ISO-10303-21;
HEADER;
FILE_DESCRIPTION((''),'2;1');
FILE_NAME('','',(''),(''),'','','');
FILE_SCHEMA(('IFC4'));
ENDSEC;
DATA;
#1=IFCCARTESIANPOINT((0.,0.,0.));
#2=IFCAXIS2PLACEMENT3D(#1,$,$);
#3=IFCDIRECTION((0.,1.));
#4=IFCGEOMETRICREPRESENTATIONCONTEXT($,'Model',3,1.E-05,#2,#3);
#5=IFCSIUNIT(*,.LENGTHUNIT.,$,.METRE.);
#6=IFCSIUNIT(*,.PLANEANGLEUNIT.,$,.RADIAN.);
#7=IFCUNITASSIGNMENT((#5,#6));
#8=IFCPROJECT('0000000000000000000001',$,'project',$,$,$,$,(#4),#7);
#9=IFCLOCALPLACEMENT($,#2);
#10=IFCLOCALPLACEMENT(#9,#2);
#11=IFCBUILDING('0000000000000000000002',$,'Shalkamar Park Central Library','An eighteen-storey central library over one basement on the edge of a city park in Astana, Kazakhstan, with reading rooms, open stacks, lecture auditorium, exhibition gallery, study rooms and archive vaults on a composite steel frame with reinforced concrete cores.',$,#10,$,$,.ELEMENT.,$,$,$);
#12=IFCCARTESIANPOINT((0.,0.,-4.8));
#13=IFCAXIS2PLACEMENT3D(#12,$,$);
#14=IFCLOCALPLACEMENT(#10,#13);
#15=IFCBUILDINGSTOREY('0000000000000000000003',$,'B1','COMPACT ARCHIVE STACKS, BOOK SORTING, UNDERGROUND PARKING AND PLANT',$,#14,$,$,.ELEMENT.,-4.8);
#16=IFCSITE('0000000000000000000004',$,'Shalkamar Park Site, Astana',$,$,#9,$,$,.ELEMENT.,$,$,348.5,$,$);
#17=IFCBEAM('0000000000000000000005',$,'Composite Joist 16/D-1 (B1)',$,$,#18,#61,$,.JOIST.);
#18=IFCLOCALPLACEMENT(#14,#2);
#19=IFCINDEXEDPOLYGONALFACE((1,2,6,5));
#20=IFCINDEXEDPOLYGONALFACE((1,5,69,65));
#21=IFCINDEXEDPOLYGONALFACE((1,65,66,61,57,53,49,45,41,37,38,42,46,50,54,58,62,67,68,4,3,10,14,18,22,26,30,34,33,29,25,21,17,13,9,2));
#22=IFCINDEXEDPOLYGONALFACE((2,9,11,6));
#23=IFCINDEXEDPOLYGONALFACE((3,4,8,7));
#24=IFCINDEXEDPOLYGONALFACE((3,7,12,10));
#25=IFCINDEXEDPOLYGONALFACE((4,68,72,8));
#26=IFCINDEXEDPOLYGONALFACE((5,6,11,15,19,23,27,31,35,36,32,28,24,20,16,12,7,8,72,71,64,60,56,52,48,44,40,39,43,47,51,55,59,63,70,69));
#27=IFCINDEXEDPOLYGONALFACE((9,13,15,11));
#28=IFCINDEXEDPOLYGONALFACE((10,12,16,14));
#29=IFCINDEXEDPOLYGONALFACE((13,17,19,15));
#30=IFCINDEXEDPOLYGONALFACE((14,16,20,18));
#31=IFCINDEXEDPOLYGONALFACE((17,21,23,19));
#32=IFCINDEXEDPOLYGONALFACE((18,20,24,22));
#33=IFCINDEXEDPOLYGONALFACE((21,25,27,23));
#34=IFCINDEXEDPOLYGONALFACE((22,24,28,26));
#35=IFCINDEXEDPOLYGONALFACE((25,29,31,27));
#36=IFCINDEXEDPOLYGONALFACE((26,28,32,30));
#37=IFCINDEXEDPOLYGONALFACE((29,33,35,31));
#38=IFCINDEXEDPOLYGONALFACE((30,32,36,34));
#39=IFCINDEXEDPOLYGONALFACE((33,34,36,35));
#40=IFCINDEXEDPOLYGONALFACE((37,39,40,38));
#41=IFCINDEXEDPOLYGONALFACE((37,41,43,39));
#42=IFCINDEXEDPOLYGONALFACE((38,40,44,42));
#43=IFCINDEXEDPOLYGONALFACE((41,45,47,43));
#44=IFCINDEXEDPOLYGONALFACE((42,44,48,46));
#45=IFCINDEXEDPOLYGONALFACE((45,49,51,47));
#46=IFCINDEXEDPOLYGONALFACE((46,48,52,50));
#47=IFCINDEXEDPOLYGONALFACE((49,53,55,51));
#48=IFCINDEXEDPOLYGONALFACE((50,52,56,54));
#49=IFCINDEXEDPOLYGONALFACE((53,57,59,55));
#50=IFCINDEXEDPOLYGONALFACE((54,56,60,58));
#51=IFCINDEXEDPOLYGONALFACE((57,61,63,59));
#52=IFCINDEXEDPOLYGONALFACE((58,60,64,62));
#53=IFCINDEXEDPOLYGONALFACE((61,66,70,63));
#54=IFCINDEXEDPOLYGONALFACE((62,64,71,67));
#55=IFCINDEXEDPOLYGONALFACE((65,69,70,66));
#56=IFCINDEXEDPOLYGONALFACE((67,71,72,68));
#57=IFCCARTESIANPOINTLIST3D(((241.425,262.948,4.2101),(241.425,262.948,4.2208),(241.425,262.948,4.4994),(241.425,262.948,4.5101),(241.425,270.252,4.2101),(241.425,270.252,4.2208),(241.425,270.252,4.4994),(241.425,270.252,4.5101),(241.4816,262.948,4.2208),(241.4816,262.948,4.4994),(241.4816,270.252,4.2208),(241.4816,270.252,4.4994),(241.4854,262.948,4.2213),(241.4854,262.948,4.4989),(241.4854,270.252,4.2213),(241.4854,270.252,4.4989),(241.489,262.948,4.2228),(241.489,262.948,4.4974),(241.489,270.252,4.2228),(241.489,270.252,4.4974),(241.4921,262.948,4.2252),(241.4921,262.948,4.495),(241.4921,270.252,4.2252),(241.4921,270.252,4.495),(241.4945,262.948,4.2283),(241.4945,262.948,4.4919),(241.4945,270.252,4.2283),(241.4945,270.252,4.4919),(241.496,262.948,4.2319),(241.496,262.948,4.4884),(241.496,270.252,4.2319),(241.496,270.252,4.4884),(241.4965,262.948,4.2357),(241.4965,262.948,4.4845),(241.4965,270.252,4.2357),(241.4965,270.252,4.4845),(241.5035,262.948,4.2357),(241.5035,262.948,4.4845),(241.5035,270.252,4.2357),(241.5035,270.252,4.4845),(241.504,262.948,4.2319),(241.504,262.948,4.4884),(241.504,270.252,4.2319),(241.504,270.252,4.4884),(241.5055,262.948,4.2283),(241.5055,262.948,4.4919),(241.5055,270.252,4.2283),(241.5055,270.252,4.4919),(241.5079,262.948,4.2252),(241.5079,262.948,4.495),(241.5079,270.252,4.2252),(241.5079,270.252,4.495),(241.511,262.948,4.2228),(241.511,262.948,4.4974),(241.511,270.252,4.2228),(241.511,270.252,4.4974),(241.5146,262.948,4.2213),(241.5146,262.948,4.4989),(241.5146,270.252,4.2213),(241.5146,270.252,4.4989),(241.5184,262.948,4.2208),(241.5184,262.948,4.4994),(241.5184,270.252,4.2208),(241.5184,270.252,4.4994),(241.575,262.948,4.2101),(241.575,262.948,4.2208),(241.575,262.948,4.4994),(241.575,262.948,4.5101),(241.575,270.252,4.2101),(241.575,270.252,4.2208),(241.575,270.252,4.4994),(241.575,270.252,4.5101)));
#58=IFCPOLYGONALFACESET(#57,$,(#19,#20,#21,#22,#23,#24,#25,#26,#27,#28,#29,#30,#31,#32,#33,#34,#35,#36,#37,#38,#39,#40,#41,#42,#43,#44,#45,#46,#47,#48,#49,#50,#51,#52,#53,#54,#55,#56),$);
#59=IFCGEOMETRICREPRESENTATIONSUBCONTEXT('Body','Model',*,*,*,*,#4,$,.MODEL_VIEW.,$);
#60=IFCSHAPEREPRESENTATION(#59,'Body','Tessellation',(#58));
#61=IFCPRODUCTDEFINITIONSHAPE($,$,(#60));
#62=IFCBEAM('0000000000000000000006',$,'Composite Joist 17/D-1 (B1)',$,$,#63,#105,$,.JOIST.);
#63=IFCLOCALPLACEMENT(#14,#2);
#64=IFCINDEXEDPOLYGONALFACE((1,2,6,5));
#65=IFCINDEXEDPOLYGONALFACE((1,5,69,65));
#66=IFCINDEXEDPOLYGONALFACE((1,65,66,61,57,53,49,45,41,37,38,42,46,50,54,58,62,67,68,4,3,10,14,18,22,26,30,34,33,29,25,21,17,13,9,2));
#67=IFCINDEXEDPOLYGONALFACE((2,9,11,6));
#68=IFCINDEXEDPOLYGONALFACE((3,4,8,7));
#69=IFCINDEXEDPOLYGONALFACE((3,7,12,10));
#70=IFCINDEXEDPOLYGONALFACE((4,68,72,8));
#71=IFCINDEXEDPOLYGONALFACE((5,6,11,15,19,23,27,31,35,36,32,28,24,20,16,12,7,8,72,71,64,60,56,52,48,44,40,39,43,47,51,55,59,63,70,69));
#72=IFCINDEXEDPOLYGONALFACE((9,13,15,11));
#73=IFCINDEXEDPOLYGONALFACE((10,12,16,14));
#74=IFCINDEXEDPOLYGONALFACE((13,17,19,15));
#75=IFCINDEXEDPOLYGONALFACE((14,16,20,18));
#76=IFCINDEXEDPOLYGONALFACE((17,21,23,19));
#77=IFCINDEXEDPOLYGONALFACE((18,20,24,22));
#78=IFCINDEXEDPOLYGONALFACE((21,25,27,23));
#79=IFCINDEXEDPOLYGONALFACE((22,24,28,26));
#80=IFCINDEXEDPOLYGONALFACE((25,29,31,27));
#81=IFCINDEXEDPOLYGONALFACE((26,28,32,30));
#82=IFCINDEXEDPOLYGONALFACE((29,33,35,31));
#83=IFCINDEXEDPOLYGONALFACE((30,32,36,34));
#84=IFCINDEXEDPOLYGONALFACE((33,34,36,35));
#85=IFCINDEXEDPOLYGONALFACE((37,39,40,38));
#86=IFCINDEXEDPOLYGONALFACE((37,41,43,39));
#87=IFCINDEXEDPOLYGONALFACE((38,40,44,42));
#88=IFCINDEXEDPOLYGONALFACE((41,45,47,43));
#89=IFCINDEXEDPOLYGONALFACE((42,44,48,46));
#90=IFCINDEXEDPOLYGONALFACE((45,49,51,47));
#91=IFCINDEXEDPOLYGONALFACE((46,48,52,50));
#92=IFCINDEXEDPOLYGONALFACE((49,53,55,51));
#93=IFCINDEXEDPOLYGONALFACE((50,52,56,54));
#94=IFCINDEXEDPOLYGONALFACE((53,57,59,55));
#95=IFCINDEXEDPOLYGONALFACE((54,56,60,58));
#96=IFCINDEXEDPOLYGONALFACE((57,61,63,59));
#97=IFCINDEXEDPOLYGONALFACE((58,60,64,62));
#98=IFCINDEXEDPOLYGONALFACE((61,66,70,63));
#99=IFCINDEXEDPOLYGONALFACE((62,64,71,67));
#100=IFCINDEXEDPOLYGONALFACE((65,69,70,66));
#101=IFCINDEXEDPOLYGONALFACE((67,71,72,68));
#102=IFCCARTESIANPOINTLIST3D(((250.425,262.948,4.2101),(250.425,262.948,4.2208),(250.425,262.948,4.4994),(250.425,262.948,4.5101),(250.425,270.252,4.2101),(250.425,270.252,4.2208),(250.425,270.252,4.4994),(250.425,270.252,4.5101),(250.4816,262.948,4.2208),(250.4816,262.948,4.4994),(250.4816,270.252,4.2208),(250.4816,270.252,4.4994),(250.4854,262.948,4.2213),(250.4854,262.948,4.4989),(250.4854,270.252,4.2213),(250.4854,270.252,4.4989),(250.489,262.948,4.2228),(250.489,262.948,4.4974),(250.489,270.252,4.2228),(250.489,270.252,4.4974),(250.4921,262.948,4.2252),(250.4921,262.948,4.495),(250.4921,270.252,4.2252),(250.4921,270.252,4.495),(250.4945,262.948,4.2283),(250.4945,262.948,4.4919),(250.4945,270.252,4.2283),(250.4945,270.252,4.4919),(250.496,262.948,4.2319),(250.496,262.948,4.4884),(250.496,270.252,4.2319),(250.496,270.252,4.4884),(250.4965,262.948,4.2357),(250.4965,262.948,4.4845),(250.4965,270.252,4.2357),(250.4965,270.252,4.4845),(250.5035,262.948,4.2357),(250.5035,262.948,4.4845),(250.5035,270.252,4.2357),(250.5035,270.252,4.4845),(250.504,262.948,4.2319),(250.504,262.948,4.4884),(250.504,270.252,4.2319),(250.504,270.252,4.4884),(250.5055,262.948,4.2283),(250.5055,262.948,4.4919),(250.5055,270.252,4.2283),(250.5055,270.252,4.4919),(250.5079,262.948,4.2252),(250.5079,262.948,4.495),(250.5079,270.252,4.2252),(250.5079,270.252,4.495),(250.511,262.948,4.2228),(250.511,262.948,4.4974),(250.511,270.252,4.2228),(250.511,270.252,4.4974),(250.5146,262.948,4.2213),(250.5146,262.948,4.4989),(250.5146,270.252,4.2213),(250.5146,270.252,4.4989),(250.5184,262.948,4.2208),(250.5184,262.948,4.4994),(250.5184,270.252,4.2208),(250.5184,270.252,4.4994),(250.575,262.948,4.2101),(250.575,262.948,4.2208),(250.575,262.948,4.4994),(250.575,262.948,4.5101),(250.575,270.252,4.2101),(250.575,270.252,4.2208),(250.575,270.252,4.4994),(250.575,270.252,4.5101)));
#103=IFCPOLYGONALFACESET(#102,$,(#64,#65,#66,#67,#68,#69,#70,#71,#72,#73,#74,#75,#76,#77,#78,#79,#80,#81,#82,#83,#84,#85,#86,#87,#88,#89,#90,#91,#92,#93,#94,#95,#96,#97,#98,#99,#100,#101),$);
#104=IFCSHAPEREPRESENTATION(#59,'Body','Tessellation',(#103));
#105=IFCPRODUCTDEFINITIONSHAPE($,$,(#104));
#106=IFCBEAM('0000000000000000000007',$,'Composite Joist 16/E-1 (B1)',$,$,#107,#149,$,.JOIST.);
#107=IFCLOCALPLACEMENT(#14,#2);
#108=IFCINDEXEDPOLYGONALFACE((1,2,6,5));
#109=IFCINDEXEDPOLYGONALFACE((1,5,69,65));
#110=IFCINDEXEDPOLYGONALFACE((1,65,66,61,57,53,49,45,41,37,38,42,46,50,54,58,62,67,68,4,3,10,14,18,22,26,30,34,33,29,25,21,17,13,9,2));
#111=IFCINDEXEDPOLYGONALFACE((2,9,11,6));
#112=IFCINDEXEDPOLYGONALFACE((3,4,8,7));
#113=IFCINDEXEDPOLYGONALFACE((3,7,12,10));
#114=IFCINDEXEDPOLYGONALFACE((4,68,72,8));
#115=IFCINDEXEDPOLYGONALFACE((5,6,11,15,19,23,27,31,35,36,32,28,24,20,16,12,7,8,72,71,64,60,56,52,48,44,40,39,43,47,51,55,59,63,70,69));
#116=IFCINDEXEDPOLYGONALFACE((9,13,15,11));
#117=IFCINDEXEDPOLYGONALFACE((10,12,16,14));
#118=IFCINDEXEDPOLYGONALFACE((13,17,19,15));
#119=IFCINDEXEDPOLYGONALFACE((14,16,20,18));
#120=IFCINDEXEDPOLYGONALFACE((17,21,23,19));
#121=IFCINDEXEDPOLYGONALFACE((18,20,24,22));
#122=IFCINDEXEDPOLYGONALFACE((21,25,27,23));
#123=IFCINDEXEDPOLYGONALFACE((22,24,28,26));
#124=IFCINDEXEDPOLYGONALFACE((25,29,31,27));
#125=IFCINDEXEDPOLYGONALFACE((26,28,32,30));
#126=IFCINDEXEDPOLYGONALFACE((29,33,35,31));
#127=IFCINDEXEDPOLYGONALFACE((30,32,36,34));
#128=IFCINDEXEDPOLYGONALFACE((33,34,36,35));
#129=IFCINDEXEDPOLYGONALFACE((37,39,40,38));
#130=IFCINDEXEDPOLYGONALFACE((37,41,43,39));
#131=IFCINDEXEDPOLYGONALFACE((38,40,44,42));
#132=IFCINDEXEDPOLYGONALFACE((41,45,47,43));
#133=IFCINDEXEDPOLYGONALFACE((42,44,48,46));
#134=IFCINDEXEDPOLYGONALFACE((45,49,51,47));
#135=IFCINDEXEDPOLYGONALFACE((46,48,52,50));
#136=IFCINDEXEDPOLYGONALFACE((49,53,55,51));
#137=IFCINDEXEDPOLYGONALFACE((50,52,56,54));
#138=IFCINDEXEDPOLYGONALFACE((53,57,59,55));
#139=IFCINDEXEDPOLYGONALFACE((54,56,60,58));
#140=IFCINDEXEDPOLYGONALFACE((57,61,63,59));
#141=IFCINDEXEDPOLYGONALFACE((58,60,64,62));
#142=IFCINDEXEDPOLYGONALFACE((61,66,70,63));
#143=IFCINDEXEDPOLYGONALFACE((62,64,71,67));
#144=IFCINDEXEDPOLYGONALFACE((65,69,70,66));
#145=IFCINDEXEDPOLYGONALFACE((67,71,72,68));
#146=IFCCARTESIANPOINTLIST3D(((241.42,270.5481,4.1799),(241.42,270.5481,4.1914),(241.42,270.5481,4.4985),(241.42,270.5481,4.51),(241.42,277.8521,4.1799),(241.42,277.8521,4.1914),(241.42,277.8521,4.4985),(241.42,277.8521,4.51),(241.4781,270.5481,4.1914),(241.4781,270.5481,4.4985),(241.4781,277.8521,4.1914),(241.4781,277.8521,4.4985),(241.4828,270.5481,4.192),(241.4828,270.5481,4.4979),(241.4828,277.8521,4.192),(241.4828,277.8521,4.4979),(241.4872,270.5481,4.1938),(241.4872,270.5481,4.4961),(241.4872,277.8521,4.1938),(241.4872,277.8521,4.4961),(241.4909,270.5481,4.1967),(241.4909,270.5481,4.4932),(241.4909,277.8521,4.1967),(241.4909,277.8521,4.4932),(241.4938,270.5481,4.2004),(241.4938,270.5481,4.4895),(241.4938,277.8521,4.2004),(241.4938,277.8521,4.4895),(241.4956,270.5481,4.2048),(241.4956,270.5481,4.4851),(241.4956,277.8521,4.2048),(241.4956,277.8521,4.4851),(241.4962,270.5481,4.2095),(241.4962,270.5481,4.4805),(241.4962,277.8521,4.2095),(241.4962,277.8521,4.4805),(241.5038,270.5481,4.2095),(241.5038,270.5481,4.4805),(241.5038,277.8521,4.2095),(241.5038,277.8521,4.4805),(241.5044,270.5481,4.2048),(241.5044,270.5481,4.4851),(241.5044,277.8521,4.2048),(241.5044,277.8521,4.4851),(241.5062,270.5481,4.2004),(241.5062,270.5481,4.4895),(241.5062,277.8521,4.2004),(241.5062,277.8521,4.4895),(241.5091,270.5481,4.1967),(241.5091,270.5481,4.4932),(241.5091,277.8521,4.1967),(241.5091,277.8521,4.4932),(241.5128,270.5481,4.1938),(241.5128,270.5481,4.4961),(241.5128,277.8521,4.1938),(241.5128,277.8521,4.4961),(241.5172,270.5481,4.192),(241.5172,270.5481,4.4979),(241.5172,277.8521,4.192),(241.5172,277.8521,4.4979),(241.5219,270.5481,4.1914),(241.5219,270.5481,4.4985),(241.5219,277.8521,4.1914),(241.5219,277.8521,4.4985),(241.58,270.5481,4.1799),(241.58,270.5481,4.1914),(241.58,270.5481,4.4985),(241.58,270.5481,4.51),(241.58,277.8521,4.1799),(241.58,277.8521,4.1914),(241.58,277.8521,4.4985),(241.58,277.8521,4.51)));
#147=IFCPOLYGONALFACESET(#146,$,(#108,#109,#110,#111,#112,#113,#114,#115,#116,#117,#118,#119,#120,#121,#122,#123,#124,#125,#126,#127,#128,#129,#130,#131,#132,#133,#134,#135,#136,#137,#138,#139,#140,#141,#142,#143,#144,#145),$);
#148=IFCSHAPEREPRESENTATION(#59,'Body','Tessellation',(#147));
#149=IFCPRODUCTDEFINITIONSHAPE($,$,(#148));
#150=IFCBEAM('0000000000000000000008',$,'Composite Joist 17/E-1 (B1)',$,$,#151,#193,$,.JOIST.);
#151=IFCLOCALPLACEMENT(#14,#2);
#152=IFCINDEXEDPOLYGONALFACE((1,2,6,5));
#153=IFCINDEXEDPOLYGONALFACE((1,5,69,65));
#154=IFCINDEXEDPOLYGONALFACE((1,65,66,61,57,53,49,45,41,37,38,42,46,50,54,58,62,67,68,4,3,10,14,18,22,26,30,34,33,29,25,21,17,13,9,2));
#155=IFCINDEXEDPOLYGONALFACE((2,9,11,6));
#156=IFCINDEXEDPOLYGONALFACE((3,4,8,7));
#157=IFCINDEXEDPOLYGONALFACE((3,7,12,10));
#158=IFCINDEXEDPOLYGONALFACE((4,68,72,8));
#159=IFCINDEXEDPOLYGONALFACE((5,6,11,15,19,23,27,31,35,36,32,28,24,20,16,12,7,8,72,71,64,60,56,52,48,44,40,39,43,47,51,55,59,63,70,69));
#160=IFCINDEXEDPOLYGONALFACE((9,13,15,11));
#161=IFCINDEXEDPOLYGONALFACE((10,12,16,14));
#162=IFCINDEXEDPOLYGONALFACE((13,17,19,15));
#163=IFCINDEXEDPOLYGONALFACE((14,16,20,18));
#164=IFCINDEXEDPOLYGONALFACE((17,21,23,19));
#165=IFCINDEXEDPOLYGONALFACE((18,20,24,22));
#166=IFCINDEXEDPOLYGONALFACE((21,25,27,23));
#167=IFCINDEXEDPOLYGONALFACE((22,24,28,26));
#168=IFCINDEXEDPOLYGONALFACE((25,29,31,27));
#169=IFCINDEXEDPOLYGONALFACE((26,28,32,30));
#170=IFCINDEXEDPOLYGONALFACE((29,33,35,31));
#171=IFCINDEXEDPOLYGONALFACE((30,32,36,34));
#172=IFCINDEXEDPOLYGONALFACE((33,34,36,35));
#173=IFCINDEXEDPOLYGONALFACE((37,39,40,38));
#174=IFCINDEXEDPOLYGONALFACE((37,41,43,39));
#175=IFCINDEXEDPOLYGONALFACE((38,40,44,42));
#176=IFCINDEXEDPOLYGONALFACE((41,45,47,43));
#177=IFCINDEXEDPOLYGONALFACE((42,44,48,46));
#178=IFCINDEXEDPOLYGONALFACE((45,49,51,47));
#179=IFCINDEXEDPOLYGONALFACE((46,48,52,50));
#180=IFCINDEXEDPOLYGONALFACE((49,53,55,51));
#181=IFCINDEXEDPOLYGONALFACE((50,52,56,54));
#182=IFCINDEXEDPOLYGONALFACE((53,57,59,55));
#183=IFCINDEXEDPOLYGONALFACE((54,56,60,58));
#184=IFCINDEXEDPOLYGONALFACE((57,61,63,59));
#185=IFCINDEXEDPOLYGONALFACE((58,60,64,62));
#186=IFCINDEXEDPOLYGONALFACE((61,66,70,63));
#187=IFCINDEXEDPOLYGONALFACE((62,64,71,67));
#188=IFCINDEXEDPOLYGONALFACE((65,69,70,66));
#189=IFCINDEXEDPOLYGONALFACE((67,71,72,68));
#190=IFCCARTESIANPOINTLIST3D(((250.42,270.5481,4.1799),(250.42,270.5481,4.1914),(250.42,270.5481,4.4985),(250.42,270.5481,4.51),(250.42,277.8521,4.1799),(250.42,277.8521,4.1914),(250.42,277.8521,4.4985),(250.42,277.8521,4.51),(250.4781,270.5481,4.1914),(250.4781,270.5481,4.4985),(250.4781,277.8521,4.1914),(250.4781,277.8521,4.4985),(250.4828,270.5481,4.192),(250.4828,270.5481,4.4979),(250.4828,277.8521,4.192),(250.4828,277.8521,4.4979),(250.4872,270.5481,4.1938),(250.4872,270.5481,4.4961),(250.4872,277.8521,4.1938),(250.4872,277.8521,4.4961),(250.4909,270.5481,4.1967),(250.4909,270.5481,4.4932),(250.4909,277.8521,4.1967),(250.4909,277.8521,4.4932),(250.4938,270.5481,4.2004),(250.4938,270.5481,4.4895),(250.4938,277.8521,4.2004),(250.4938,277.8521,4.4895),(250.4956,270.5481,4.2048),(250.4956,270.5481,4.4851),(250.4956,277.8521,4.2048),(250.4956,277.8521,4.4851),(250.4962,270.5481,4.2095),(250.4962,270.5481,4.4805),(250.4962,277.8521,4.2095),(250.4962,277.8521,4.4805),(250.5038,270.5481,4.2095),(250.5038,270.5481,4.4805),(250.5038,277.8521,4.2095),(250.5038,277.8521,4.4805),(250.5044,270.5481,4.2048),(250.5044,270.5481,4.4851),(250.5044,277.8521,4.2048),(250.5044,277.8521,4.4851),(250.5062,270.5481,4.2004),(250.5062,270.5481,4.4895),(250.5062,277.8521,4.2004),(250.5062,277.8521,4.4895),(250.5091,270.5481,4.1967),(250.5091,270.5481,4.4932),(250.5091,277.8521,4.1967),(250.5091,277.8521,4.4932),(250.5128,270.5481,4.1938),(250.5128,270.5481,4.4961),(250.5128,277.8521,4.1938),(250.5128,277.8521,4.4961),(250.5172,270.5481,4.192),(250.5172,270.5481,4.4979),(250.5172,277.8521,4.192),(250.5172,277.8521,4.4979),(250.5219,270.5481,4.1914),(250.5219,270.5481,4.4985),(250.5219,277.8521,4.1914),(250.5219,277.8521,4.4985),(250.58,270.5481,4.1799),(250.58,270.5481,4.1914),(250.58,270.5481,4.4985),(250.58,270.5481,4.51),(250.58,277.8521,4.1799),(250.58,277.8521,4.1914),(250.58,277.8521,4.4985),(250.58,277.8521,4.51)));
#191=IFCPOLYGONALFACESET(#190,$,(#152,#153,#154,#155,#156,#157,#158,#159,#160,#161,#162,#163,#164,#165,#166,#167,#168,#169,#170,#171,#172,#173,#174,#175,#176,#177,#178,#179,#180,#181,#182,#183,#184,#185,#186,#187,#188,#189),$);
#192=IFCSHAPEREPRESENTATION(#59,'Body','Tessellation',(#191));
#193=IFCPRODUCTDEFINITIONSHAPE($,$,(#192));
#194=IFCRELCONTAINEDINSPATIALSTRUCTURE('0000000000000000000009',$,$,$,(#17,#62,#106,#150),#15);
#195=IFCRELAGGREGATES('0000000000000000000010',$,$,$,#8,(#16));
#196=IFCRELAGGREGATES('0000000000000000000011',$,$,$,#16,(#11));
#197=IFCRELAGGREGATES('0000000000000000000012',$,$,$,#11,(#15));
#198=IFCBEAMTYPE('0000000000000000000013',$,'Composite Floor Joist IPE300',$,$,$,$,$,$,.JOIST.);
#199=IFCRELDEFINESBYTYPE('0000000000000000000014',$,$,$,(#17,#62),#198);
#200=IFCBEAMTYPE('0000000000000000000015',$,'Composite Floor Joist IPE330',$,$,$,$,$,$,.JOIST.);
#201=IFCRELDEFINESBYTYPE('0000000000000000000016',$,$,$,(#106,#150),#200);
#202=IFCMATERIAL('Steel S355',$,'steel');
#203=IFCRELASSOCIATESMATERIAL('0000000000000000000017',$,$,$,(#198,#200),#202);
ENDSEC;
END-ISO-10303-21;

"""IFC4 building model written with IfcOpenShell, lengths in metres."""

from ifc_helpers import new_model, si_unit, direction, frame, origin, origin_2d, place, context, subcontext, project, spatial, i_section, extrude, material, material_profile, profile_set, type_object, element, save


model = new_model("IFC4")

# Units and contexts
model_context = context("Model", 3, precision=1e-05, world=origin(), true_north=direction((0.0, 1.0)))
body_context = subcontext(model_context, "Body", "Model", "MODEL_VIEW")
ifc_project = project(units=[si_unit("LENGTHUNIT", "METRE"), si_unit("PLANEANGLEUNIT", "RADIAN")], contexts=[model_context])

# Site, building, storey
site_placement = place(None, origin())
site = spatial("IfcSite", under=ifc_project, at=site_placement, Name="Shalkamar Park Site, Astana", CompositionType="ELEMENT", RefElevation=348.5)
building_placement = place(site_placement, origin())
building = spatial("IfcBuilding", under=site, at=building_placement, Name="Shalkamar Park Central Library", Description="An eighteen-storey central library over one basement on the edge of a city park in Astana, Kazakhstan, with reading rooms, open stacks, lecture auditorium, exhibition gallery, study rooms and archive vaults on a composite steel frame with reinforced concrete cores.", CompositionType="ELEMENT")
storey_placement = place(building_placement, frame((0.0, 0.0, -4.8)))
storey = spatial("IfcBuildingStorey", under=building, at=storey_placement, Name="B1", Description="COMPACT ARCHIVE STACKS, BOOK SORTING, UNDERGROUND PARKING AND PLANT", CompositionType="ELEMENT", Elevation=-4.8)

# Shared definitions
ifc_material_1 = material(Name="Steel S355", Category="steel")

# Beams
ifc_material_profile_1 = material_profile(ifc_material_1, i_section(OverallWidth=0.1499, OverallDepth=0.3, WebThickness=0.0071, FlangeThickness=0.0107, FilletRadius=0.0149, at=origin_2d()), Name="IPE 300")
ifc_profile_set_1 = profile_set([ifc_material_profile_1], Name="Steel S355")
beam_type_1 = type_object("IfcBeamType", Name="Composite Floor Joist IPE300", PredefinedType="JOIST", material=ifc_profile_set_1)
for number, where, z_axis, x_axis, name in (
    (1, (241.5, 262.948, 4.3601), (0.0, 1.0, 0.0), (-1.0, 0.0, 0.0), "Composite Joist 16/D-1 (B1)"),
    (2, (250.5, 262.948, 4.3601), (0.0, 1.0, 0.0), (-1.0, 0.0, 0.0), "Composite Joist 17/D-1 (B1)"),
):
    element("IfcBeam", number, at=place(storey_placement, frame(where, z_axis=z_axis, x_axis=x_axis)), inside=storey, type_object=beam_type_1, Name=name, PredefinedType="JOIST", context=body_context, shape_type="SweptSolid", body=[
        extrude(i_section(OverallWidth=0.1499, OverallDepth=0.3, WebThickness=0.0071, FlangeThickness=0.0107, FilletRadius=0.0149, at=origin_2d()), origin(), (0.0, 0.0, 1.0), 7.304),
    ])
ifc_material_profile_2 = material_profile(ifc_material_1, i_section(OverallWidth=0.1599, OverallDepth=0.3301, WebThickness=0.0076, FlangeThickness=0.0115, FilletRadius=0.0181, at=origin_2d()), Name="IPE 330")
ifc_profile_set_2 = profile_set([ifc_material_profile_2], Name="Steel S355")
beam_type_2 = type_object("IfcBeamType", Name="Composite Floor Joist IPE330", PredefinedType="JOIST", material=ifc_profile_set_2)
for number, where, z_axis, x_axis, name in (
    (3, (241.5, 270.5481, 4.345), (0.0, 1.0, 0.0), (-1.0, 0.0, 0.0), "Composite Joist 16/E-1 (B1)"),
    (4, (250.5, 270.5481, 4.345), (0.0, 1.0, 0.0), (-1.0, 0.0, 0.0), "Composite Joist 17/E-1 (B1)"),
):
    element("IfcBeam", number, at=place(storey_placement, frame(where, z_axis=z_axis, x_axis=x_axis)), inside=storey, type_object=beam_type_2, Name=name, PredefinedType="JOIST", context=body_context, shape_type="SweptSolid", body=[
        extrude(i_section(OverallWidth=0.1599, OverallDepth=0.3301, WebThickness=0.0076, FlangeThickness=0.0115, FilletRadius=0.0181, at=origin_2d()), origin(), (0.0, 0.0, 1.0), 7.304),
    ])

save(model, "model.ifc")
